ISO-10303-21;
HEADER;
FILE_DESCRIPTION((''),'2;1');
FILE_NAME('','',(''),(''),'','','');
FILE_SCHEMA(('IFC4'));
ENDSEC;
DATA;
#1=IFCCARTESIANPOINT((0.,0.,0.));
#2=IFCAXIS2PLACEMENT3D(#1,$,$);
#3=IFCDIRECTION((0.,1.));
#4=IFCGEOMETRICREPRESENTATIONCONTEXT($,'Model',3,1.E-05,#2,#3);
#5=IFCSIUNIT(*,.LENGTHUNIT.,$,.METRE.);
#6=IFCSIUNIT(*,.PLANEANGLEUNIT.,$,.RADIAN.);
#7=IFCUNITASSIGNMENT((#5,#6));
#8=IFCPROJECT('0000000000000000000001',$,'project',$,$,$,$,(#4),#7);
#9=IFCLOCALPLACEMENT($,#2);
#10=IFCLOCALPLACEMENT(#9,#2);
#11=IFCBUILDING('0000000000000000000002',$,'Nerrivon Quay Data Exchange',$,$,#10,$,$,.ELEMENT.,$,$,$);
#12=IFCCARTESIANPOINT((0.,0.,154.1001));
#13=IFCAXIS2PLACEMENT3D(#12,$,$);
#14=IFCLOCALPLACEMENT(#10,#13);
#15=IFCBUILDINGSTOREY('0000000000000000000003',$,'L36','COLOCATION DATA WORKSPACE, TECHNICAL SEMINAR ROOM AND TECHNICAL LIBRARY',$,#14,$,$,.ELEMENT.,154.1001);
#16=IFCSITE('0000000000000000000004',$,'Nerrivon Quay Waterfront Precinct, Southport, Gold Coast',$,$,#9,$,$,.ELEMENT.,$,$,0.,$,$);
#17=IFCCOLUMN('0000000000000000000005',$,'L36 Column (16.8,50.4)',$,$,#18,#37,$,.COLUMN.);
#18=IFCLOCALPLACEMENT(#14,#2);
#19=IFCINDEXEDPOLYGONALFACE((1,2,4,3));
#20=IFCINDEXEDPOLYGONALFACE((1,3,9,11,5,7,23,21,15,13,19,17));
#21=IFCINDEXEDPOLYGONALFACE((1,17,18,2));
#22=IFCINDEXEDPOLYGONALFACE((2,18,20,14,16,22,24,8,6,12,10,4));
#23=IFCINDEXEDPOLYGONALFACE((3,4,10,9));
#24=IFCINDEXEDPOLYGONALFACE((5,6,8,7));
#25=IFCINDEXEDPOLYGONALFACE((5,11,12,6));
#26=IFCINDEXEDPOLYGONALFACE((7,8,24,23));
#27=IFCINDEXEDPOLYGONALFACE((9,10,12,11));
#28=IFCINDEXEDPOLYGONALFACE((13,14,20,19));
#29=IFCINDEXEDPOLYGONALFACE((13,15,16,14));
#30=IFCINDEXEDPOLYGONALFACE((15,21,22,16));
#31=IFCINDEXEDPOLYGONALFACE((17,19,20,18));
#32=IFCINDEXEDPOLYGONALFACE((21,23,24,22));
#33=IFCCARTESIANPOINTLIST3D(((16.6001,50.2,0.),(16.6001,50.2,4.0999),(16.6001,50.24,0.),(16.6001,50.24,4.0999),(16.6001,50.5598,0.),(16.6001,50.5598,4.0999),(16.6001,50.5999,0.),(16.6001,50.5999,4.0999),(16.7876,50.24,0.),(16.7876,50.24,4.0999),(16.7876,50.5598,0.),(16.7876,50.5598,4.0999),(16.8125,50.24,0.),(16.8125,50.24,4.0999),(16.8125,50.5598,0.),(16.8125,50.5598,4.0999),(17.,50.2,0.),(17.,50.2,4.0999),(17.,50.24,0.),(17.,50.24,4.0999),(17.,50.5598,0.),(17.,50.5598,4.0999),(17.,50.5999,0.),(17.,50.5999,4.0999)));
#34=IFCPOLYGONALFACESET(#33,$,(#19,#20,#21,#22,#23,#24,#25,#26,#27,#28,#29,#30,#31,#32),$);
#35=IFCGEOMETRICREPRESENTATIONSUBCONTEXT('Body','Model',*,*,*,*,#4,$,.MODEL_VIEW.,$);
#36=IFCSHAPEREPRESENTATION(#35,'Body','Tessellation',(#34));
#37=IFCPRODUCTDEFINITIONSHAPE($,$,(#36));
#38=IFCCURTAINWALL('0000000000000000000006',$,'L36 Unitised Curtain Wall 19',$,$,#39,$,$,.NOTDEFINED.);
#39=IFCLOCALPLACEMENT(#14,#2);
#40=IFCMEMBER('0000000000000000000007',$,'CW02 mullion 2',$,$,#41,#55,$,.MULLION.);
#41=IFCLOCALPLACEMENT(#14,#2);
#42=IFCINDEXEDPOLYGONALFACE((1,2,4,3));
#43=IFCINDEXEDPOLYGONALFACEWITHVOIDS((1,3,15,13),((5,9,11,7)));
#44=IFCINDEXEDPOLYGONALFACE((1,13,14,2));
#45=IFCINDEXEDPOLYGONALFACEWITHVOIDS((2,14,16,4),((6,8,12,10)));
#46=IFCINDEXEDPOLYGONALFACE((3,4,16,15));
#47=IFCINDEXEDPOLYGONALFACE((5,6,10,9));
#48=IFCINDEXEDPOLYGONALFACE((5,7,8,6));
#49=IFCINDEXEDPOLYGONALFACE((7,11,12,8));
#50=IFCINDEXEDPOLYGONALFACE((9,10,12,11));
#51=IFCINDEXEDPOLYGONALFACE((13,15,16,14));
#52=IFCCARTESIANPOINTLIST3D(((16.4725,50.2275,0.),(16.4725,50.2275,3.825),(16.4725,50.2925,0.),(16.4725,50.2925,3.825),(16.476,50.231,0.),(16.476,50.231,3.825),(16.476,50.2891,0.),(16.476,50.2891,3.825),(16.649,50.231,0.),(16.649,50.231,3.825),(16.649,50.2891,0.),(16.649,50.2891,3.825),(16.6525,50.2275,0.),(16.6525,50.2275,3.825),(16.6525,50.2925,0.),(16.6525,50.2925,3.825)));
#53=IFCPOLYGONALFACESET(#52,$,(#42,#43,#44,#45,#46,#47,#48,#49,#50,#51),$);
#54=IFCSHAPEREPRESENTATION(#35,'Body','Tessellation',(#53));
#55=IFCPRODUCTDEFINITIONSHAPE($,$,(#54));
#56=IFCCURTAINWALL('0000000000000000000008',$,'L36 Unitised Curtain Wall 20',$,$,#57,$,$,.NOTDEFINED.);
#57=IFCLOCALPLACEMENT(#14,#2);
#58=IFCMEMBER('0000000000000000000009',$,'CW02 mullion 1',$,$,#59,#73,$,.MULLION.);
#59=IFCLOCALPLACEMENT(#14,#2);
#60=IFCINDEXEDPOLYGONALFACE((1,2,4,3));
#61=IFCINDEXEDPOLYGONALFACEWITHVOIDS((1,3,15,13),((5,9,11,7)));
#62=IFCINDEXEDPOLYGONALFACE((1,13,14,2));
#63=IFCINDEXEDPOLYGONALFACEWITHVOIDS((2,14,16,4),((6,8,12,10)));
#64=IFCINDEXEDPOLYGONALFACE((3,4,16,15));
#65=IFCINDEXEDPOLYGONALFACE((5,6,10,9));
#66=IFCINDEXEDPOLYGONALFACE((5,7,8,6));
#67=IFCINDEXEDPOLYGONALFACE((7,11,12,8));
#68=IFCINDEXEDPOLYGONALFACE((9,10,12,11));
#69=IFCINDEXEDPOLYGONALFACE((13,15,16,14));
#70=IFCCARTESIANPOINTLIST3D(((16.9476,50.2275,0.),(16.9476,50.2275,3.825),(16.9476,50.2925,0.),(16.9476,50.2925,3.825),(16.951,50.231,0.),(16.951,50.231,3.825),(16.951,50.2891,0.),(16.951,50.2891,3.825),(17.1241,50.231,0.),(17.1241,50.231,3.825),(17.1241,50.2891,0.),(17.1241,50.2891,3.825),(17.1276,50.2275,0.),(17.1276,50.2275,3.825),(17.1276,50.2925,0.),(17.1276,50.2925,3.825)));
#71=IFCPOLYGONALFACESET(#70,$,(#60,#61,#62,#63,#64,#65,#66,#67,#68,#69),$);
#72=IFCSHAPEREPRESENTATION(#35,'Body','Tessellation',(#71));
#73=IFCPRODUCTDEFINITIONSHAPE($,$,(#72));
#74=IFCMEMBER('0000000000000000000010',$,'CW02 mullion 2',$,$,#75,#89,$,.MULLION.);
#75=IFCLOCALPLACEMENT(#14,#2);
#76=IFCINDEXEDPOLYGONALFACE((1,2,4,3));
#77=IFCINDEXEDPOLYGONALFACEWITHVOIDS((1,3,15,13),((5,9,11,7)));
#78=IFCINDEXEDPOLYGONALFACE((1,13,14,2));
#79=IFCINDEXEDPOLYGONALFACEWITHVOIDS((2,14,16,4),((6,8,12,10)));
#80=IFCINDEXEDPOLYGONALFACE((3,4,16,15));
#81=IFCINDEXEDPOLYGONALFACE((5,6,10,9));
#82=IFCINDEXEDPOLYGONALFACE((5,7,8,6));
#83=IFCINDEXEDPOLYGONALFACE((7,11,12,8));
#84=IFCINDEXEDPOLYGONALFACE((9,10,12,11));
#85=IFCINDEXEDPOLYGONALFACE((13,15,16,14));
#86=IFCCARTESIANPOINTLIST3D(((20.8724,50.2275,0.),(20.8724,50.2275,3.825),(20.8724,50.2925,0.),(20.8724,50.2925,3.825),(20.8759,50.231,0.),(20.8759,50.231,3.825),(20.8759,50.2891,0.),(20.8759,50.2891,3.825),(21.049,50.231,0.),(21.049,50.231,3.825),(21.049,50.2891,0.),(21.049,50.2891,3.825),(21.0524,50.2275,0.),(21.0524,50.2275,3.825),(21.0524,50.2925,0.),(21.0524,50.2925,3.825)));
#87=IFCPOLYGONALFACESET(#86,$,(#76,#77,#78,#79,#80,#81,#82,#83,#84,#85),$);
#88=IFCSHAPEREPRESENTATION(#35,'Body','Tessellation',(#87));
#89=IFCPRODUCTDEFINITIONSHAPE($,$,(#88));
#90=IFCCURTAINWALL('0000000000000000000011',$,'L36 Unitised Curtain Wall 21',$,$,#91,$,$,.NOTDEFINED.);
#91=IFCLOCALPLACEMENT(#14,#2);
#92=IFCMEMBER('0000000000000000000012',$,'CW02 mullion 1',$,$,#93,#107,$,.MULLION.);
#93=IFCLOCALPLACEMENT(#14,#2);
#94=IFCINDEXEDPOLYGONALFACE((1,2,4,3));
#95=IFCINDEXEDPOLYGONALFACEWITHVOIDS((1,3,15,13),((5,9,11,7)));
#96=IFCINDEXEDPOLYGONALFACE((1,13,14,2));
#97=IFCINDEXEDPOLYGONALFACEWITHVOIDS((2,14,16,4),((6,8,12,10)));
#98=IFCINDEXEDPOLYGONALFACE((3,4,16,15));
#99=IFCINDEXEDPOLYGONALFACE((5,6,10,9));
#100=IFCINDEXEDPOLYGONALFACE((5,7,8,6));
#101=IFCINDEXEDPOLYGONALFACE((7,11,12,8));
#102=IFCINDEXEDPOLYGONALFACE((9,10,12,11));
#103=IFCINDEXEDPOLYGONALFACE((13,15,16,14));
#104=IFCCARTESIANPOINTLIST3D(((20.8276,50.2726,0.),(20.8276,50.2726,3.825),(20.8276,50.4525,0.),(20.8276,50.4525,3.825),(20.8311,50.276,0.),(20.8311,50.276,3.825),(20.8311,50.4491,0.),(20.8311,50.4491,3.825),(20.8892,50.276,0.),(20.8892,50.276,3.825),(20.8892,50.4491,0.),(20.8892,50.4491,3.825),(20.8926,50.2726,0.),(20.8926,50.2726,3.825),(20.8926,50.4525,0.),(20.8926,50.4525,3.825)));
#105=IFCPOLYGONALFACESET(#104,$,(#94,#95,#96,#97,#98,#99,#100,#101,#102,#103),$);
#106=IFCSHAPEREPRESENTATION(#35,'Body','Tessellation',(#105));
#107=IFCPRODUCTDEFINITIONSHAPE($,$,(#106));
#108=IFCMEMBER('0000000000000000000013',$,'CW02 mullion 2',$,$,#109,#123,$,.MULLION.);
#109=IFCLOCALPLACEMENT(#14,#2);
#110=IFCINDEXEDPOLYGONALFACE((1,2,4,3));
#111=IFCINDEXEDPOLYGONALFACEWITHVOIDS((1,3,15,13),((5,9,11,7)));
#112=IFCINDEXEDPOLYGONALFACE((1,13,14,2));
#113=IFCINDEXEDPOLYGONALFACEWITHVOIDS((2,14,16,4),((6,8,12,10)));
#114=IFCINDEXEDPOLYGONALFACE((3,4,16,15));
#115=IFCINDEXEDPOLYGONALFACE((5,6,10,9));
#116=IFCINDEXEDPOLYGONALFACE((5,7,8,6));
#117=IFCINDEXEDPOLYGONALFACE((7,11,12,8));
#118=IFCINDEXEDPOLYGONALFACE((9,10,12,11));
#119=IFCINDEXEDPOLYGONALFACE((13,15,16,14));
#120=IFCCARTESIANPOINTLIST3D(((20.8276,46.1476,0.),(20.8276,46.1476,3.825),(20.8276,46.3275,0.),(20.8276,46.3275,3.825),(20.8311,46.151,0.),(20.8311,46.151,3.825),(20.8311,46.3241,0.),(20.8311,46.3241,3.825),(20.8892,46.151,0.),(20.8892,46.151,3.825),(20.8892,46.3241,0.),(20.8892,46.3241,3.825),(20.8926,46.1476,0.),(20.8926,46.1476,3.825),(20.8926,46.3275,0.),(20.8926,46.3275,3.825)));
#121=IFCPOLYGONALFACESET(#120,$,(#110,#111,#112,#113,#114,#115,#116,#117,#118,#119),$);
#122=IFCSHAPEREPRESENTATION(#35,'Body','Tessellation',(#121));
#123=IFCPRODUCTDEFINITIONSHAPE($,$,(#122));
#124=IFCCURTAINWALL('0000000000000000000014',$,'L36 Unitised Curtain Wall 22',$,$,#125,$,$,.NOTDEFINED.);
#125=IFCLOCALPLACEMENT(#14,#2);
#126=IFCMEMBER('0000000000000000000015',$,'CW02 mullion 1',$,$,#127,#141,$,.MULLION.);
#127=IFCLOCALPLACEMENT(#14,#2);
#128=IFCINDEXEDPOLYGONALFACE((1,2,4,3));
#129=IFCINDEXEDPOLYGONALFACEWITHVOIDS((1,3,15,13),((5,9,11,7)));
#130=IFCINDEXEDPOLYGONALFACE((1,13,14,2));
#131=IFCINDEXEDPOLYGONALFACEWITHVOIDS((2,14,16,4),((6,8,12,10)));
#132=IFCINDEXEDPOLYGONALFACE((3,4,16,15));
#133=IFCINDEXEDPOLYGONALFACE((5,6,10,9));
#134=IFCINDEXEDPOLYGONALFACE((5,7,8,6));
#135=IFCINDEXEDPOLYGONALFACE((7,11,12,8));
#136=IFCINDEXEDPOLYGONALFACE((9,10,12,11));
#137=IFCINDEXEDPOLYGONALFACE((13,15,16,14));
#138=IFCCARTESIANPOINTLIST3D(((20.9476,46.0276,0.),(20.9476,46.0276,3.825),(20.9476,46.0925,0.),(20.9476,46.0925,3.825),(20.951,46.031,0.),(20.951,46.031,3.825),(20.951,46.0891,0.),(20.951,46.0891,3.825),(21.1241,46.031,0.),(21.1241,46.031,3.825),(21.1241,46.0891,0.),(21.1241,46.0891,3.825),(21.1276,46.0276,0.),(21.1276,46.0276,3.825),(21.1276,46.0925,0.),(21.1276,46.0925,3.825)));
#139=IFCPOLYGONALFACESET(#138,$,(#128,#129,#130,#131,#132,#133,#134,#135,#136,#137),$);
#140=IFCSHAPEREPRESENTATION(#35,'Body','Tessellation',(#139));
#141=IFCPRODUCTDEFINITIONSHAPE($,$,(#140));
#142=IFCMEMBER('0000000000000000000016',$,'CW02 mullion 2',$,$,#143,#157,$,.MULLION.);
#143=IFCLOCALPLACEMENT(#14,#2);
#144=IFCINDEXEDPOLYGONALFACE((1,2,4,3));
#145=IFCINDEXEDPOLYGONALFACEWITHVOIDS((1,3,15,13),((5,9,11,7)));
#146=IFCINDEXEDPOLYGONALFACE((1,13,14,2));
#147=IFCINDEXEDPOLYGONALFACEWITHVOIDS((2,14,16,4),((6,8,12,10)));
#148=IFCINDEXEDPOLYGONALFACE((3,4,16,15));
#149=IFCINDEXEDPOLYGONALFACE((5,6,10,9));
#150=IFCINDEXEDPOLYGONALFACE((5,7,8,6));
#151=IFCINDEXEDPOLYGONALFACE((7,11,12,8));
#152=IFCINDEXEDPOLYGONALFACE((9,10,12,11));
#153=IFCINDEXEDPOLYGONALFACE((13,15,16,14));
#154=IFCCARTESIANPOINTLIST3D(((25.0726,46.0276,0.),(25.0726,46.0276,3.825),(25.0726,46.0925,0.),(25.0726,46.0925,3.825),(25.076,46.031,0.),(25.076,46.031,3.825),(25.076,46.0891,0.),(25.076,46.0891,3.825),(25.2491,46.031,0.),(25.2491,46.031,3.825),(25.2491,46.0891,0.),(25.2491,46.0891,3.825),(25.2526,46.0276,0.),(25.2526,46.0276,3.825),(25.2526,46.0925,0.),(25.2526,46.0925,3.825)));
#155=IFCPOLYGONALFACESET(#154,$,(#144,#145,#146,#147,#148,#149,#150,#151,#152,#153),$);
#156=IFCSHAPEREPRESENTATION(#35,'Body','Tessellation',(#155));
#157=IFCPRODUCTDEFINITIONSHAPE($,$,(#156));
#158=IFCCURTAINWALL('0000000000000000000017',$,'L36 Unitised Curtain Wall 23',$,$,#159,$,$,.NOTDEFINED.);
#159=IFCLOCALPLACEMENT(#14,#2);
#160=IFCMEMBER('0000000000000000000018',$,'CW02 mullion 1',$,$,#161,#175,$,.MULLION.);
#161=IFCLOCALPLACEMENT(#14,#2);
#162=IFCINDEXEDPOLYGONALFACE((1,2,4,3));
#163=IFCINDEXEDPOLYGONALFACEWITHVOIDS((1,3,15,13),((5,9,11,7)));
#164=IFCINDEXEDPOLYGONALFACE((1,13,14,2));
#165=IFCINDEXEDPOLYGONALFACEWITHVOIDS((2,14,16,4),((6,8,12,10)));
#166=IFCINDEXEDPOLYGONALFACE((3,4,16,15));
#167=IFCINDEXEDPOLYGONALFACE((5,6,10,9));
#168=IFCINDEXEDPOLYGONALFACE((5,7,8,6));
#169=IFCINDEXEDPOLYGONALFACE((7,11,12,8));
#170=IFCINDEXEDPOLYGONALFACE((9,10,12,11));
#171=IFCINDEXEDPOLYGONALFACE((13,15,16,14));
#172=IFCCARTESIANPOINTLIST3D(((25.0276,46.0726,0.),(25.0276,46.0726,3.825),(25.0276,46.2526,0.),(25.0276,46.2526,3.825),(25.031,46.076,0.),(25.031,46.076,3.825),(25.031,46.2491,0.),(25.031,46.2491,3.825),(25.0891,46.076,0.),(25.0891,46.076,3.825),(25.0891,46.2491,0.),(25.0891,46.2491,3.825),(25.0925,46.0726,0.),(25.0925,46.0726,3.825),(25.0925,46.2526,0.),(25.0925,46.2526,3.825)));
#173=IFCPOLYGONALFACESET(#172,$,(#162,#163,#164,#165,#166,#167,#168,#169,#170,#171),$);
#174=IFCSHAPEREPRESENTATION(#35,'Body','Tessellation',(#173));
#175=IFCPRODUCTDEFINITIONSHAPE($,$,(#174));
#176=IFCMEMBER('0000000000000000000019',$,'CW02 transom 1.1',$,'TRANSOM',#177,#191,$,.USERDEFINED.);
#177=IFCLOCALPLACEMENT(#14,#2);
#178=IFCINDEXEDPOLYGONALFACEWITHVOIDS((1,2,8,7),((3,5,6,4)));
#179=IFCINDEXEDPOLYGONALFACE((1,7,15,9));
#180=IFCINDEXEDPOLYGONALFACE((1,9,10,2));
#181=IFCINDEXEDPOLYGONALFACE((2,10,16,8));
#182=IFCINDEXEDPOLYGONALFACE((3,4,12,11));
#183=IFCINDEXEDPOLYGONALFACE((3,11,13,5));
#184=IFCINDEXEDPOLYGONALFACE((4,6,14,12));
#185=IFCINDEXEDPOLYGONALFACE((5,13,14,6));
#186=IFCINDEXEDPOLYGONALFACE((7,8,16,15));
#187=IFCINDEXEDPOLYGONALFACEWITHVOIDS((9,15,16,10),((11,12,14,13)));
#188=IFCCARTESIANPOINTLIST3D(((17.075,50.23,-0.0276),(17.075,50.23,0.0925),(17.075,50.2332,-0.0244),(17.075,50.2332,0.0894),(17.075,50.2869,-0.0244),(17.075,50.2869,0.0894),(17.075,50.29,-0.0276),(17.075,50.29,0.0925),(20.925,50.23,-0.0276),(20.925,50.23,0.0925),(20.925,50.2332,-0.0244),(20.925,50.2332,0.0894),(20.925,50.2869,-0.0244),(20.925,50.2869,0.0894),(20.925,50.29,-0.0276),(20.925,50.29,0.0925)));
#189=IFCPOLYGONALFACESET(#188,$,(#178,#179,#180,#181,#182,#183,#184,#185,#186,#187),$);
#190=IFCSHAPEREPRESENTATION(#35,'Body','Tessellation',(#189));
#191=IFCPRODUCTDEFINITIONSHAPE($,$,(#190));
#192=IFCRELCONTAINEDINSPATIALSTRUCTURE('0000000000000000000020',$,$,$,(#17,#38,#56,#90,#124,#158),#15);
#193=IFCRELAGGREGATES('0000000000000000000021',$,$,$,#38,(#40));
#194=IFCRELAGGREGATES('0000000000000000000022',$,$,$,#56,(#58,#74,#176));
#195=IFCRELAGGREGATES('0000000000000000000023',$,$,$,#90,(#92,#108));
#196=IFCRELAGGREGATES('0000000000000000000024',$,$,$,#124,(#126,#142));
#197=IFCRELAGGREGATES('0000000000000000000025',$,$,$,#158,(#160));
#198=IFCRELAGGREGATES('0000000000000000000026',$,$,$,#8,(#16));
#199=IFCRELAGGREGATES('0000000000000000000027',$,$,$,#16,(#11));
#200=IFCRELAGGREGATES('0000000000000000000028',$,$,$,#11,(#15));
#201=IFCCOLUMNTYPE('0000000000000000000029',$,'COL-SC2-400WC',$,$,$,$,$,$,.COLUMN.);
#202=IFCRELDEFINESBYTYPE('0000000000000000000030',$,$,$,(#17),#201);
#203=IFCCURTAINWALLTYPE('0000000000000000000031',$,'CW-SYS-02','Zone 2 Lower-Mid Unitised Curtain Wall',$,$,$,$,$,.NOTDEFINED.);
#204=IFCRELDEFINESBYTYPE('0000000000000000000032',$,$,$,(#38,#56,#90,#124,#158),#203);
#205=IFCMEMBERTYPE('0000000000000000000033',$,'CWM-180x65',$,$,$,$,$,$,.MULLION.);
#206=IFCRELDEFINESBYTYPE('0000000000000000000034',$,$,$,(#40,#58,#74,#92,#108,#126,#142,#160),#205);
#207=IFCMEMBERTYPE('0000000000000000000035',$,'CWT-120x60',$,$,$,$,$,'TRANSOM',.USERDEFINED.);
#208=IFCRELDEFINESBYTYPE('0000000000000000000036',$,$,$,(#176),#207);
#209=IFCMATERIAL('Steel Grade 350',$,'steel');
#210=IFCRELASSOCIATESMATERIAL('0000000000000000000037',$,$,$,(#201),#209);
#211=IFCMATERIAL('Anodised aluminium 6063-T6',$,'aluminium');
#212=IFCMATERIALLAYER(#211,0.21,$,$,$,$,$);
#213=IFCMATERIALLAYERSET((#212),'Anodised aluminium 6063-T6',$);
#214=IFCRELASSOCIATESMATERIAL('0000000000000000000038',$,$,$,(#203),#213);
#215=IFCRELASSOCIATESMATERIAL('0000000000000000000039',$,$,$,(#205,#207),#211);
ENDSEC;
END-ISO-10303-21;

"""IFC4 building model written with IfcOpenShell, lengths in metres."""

from ifc_helpers import new_model, si_unit, direction, frame, origin, origin_2d, place, context, subcontext, project, spatial, hollow_rectangle, i_section, extrude, material, layer, layer_set, material_profile, profile_set, type_object, element, aggregate, save


model = new_model("IFC4")

# Units and contexts
model_context = context("Model", 3, precision=1e-05, world=origin(), true_north=direction((0.0, 1.0)))
body_context = subcontext(model_context, "Body", "Model", "MODEL_VIEW")
ifc_project = project(units=[si_unit("LENGTHUNIT", "METRE"), si_unit("PLANEANGLEUNIT", "RADIAN")], contexts=[model_context])

# Site, building, storey
site_placement = place(None, origin())
site = spatial("IfcSite", under=ifc_project, at=site_placement, Name="Nerrivon Quay Waterfront Precinct, Southport, Gold Coast", CompositionType="ELEMENT", RefElevation=0.0)
building_placement = place(site_placement, origin())
building = spatial("IfcBuilding", under=site, at=building_placement, Name="Nerrivon Quay Data Exchange", CompositionType="ELEMENT")
storey_placement = place(building_placement, frame((0.0, 0.0, 154.1001)))
storey = spatial("IfcBuildingStorey", under=building, at=storey_placement, Name="L36", Description="COLOCATION DATA WORKSPACE, TECHNICAL SEMINAR ROOM AND TECHNICAL LIBRARY", CompositionType="ELEMENT", Elevation=154.1001)

# Column
ifc_material_1 = material(Name="Steel Grade 350", Category="steel")
ifc_material_profile_1 = material_profile(ifc_material_1, i_section(OverallWidth=0.3999, OverallDepth=0.3999, WebThickness=0.0249, FlangeThickness=0.04, at=origin_2d()), Name="400WC328")
ifc_profile_set_1 = profile_set([ifc_material_profile_1], Name="Steel Grade 350")
column_type = type_object("IfcColumnType", Name="COL-SC2-400WC", PredefinedType="COLUMN", material=ifc_profile_set_1)
column_placement = place(storey_placement, frame((16.8, 50.3999, 0.0), z_axis=(0.0, 0.0, 1.0), x_axis=(1.0, 0.0, 0.0)))
element("IfcColumn", 1, at=column_placement, inside=storey, type_object=column_type, Name="L36 Column (16.8,50.4)", PredefinedType="COLUMN", context=body_context, shape_type="SweptSolid", body=[
    extrude(i_section(OverallWidth=0.3999, OverallDepth=0.3999, WebThickness=0.0249, FlangeThickness=0.04, at=origin_2d()), origin(), (0.0, 0.0, 1.0), 4.0999),
])

# Curtain wall, member
ifc_material_2 = material(Name="Anodised aluminium 6063-T6", Category="aluminium")
ifc_layer_1 = layer(ifc_material_2, 0.21)
ifc_layer_set_1 = layer_set([ifc_layer_1], Name="Anodised aluminium 6063-T6")
curtain_wall_type = type_object("IfcCurtainWallType", Name="CW-SYS-02", Description="Zone 2 Lower-Mid Unitised Curtain Wall", PredefinedType="NOTDEFINED", material=ifc_layer_set_1)
curtain_wall_1_placement = place(storey_placement, origin())
curtain_wall_1 = element("IfcCurtainWall", 2, at=curtain_wall_1_placement, inside=storey, type_object=curtain_wall_type, Name="L36 Unitised Curtain Wall 19", PredefinedType="NOTDEFINED")
ifc_material_profile_2 = material_profile(ifc_material_2, hollow_rectangle(XDim=0.0649, YDim=0.1799, WallThickness=0.0034, at=origin_2d()), Name="ALU-MULL-180x65")
ifc_profile_set_2 = profile_set([ifc_material_profile_2], Name="Anodised aluminium 6063-T6")
member_type_1 = type_object("IfcMemberType", Name="CWM-180x65", PredefinedType="MULLION", material=ifc_profile_set_2)
member_1_placement = place(storey_placement, frame((16.5625, 50.26, 0.0), z_axis=(0.0, 0.0, 1.0), x_axis=(0.0, 1.0, 0.0)))
member_1 = element("IfcMember", 3, at=member_1_placement, type_object=member_type_1, Name="CW02 mullion 2", PredefinedType="MULLION", context=body_context, shape_type="SweptSolid", body=[
    extrude(hollow_rectangle(XDim=0.0649, YDim=0.1799, WallThickness=0.0034, at=origin_2d()), origin(), (0.0, 0.0, 1.0), 3.825),
])
aggregate(curtain_wall_1, [member_1])

# Curtain walls, members
curtain_wall_2_placement = place(storey_placement, origin())
curtain_wall_2 = element("IfcCurtainWall", 4, at=curtain_wall_2_placement, inside=storey, type_object=curtain_wall_type, Name="L36 Unitised Curtain Wall 20", PredefinedType="NOTDEFINED")
member_2_placement = place(storey_placement, frame((17.0376, 50.26, 0.0), z_axis=(0.0, 0.0, 1.0), x_axis=(0.0, 1.0, 0.0)))
member_2 = element("IfcMember", 5, at=member_2_placement, type_object=member_type_1, Name="CW02 mullion 1", PredefinedType="MULLION", context=body_context, shape_type="SweptSolid", body=[
    extrude(hollow_rectangle(XDim=0.0649, YDim=0.1799, WallThickness=0.0034, at=origin_2d()), origin(), (0.0, 0.0, 1.0), 3.825),
])
member_3_placement = place(storey_placement, frame((20.9624, 50.26, 0.0), z_axis=(0.0, 0.0, 1.0), x_axis=(0.0, 1.0, 0.0)))
member_3 = element("IfcMember", 6, at=member_3_placement, type_object=member_type_1, Name="CW02 mullion 2", PredefinedType="MULLION", context=body_context, shape_type="SweptSolid", body=[
    extrude(hollow_rectangle(XDim=0.0649, YDim=0.1799, WallThickness=0.0034, at=origin_2d()), origin(), (0.0, 0.0, 1.0), 3.825),
])
curtain_wall_3_placement = place(storey_placement, origin())
curtain_wall_3 = element("IfcCurtainWall", 7, at=curtain_wall_3_placement, inside=storey, type_object=curtain_wall_type, Name="L36 Unitised Curtain Wall 21", PredefinedType="NOTDEFINED")
member_4_placement = place(storey_placement, frame((20.8601, 50.3625, 0.0), z_axis=(0.0, 0.0, 1.0), x_axis=(1.0, 0.0, 0.0)))
member_4 = element("IfcMember", 8, at=member_4_placement, type_object=member_type_1, Name="CW02 mullion 1", PredefinedType="MULLION", context=body_context, shape_type="SweptSolid", body=[
    extrude(hollow_rectangle(XDim=0.0649, YDim=0.1799, WallThickness=0.0034, at=origin_2d()), origin(), (0.0, 0.0, 1.0), 3.825),
])
member_5_placement = place(storey_placement, frame((20.8601, 46.2375, 0.0), z_axis=(0.0, 0.0, 1.0), x_axis=(1.0, 0.0, 0.0)))
member_5 = element("IfcMember", 9, at=member_5_placement, type_object=member_type_1, Name="CW02 mullion 2", PredefinedType="MULLION", context=body_context, shape_type="SweptSolid", body=[
    extrude(hollow_rectangle(XDim=0.0649, YDim=0.1799, WallThickness=0.0034, at=origin_2d()), origin(), (0.0, 0.0, 1.0), 3.825),
])
curtain_wall_4_placement = place(storey_placement, origin())
curtain_wall_4 = element("IfcCurtainWall", 10, at=curtain_wall_4_placement, inside=storey, type_object=curtain_wall_type, Name="L36 Unitised Curtain Wall 22", PredefinedType="NOTDEFINED")
member_6_placement = place(storey_placement, frame((21.0376, 46.0601, 0.0), z_axis=(0.0, 0.0, 1.0), x_axis=(0.0, 1.0, 0.0)))
member_6 = element("IfcMember", 11, at=member_6_placement, type_object=member_type_1, Name="CW02 mullion 1", PredefinedType="MULLION", context=body_context, shape_type="SweptSolid", body=[
    extrude(hollow_rectangle(XDim=0.0649, YDim=0.1799, WallThickness=0.0034, at=origin_2d()), origin(), (0.0, 0.0, 1.0), 3.825),
])
member_7_placement = place(storey_placement, frame((25.1626, 46.0601, 0.0), z_axis=(0.0, 0.0, 1.0), x_axis=(0.0, 1.0, 0.0)))
member_7 = element("IfcMember", 12, at=member_7_placement, type_object=member_type_1, Name="CW02 mullion 2", PredefinedType="MULLION", context=body_context, shape_type="SweptSolid", body=[
    extrude(hollow_rectangle(XDim=0.0649, YDim=0.1799, WallThickness=0.0034, at=origin_2d()), origin(), (0.0, 0.0, 1.0), 3.825),
])

# Curtain wall, member
curtain_wall_5_placement = place(storey_placement, origin())
curtain_wall_5 = element("IfcCurtainWall", 13, at=curtain_wall_5_placement, inside=storey, type_object=curtain_wall_type, Name="L36 Unitised Curtain Wall 23", PredefinedType="NOTDEFINED")
member_8_placement = place(storey_placement, frame((25.0601, 46.1626, 0.0), z_axis=(0.0, 0.0, 1.0), x_axis=(1.0, 0.0, 0.0)))
member_8 = element("IfcMember", 14, at=member_8_placement, type_object=member_type_1, Name="CW02 mullion 1", PredefinedType="MULLION", context=body_context, shape_type="SweptSolid", body=[
    extrude(hollow_rectangle(XDim=0.0649, YDim=0.1799, WallThickness=0.0034, at=origin_2d()), origin(), (0.0, 0.0, 1.0), 3.825),
])

# Member
ifc_material_profile_3 = material_profile(ifc_material_2, hollow_rectangle(XDim=0.0601, YDim=0.1201, WallThickness=0.0032, at=origin_2d()), Name="ALU-TRAN-120x60")
ifc_profile_set_3 = profile_set([ifc_material_profile_3], Name="Anodised aluminium 6063-T6")
member_type_2 = type_object("IfcMemberType", Name="CWT-120x60", ElementType="TRANSOM", PredefinedType="USERDEFINED", material=ifc_profile_set_3)
member_9_placement = place(storey_placement, frame((17.075, 50.26, 0.0325), z_axis=(1.0, 0.0, 0.0), x_axis=(0.0, 1.0, 0.0)))
member_9 = element("IfcMember", 15, at=member_9_placement, type_object=member_type_2, Name="CW02 transom 1.1", ObjectType="TRANSOM", PredefinedType="USERDEFINED", context=body_context, shape_type="SweptSolid", body=[
    extrude(hollow_rectangle(XDim=0.0601, YDim=0.1201, WallThickness=0.0032, at=origin_2d()), origin(), (0.0, 0.0, 1.0), 3.8501),
])

aggregate(curtain_wall_2, [member_2, member_3, member_9])
aggregate(curtain_wall_3, [member_4, member_5])
aggregate(curtain_wall_4, [member_6, member_7])
aggregate(curtain_wall_5, [member_8])

save(model, "model.ifc")
